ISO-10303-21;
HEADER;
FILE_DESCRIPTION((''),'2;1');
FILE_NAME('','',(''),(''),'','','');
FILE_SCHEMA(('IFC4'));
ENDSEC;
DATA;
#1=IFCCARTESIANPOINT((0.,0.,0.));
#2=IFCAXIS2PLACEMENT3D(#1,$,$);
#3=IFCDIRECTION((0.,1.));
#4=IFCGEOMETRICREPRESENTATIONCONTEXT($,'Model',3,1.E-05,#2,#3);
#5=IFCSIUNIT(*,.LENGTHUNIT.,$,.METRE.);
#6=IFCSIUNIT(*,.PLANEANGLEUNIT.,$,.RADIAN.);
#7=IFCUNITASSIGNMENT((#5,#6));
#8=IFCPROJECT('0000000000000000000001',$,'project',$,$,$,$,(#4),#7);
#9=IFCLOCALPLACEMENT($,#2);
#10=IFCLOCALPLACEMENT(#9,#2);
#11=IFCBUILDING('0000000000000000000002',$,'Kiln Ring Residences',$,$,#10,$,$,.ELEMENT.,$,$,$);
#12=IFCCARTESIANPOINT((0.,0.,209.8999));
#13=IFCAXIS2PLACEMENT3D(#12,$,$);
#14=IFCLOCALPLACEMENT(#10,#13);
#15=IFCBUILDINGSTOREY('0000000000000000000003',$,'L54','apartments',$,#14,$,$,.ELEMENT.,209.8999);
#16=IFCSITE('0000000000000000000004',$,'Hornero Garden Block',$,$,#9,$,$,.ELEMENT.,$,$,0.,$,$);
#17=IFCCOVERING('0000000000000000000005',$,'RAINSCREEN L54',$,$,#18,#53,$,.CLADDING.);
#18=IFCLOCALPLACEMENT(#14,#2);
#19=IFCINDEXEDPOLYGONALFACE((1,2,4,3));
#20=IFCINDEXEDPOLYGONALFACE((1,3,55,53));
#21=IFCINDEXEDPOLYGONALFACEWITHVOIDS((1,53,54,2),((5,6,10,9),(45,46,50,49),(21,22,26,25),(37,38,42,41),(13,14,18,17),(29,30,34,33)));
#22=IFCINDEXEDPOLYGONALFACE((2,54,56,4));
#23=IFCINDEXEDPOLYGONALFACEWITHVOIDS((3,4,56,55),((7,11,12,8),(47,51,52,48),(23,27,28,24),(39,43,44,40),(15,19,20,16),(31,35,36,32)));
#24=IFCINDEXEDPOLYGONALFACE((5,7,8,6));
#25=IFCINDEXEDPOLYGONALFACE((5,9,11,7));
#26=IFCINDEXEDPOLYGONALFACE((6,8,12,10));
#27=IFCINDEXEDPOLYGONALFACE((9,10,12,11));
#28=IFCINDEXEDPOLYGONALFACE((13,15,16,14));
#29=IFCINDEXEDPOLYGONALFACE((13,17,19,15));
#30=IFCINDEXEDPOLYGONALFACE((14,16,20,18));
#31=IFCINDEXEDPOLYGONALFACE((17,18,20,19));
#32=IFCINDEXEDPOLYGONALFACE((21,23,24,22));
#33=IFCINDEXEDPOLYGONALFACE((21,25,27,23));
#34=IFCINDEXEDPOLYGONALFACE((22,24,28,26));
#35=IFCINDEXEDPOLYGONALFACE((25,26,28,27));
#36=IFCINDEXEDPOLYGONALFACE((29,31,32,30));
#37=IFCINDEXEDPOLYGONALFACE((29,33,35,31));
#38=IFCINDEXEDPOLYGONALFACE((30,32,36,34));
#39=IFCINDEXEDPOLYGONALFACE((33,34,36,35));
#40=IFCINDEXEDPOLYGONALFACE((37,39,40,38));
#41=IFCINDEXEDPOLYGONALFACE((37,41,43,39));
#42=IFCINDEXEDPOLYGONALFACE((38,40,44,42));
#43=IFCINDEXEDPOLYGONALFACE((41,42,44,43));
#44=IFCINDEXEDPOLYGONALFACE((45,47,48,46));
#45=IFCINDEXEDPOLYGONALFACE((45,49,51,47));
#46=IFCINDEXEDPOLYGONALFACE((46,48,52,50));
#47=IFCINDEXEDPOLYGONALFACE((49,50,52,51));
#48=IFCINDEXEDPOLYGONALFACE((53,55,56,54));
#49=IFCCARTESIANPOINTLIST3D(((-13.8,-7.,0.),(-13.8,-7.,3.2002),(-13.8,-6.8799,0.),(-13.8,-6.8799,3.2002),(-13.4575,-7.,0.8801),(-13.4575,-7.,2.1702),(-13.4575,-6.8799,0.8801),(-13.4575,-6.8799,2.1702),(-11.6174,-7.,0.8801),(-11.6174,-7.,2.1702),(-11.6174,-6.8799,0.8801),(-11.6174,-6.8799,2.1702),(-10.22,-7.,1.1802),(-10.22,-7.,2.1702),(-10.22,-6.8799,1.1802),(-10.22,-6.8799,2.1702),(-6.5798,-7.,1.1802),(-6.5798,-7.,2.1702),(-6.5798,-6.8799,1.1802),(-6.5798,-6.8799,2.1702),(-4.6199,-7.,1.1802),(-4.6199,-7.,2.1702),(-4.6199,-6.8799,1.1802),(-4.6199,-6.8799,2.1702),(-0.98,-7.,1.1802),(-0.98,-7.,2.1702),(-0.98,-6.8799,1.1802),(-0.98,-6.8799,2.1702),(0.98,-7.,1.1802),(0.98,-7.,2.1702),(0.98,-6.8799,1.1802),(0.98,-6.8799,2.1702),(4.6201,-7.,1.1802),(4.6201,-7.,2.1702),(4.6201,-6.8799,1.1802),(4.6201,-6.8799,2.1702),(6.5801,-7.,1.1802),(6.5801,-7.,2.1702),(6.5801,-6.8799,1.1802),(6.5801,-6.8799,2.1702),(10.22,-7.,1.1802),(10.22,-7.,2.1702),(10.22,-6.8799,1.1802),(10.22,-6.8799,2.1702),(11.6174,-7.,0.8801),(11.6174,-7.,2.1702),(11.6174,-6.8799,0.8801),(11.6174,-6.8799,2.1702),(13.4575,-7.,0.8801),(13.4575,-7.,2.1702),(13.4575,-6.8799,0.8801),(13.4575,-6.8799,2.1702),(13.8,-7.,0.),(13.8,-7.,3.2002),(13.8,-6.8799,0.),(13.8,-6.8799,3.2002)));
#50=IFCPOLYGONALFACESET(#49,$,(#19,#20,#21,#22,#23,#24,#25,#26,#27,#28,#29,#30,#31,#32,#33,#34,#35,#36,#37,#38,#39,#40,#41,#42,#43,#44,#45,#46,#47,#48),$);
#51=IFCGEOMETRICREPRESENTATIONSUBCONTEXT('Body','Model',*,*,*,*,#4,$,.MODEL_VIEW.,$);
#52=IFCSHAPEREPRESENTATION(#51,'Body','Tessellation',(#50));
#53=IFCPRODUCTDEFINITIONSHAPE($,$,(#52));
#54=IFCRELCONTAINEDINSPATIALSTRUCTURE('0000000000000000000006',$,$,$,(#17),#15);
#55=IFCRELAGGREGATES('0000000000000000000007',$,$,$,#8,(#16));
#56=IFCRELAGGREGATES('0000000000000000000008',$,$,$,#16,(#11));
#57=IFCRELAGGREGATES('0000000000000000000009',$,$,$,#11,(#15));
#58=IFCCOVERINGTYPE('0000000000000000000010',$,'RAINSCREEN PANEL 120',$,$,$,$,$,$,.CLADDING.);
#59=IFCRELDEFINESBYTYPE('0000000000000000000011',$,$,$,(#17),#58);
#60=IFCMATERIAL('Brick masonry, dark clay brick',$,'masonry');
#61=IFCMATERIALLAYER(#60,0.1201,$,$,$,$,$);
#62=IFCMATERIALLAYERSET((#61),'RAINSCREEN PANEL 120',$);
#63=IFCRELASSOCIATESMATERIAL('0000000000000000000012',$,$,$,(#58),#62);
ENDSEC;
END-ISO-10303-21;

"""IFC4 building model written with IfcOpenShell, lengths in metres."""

from ifc_helpers import new_model, si_unit, direction, frame, origin, place, context, subcontext, project, spatial, polyline, outline, extrude, material, layer, layer_set, type_object, element, save


model = new_model("IFC4")

# Units and contexts
model_context = context("Model", 3, precision=1e-05, world=origin(), true_north=direction((0.0, 1.0)))
body_context = subcontext(model_context, "Body", "Model", "MODEL_VIEW")
ifc_project = project(units=[si_unit("LENGTHUNIT", "METRE"), si_unit("PLANEANGLEUNIT", "RADIAN")], contexts=[model_context])

# Site, building, storey
site_placement = place(None, origin())
site = spatial("IfcSite", under=ifc_project, at=site_placement, Name="Hornero Garden Block", CompositionType="ELEMENT", RefElevation=0.0)
building_placement = place(site_placement, origin())
building = spatial("IfcBuilding", under=site, at=building_placement, Name="Kiln Ring Residences", CompositionType="ELEMENT")
storey_placement = place(building_placement, frame((0.0, 0.0, 209.8999)))
storey = spatial("IfcBuildingStorey", under=building, at=storey_placement, Name="L54", Description="apartments", CompositionType="ELEMENT", Elevation=209.8999)

# Covering
ifc_material_1 = material(Name="Brick masonry, dark clay brick", Category="masonry")
ifc_layer_1 = layer(ifc_material_1, 0.1201)
ifc_layer_set_1 = layer_set([ifc_layer_1], Name="RAINSCREEN PANEL 120")
covering_type = type_object("IfcCoveringType", Name="RAINSCREEN PANEL 120", PredefinedType="CLADDING", material=ifc_layer_set_1)
covering_placement = place(storey_placement, frame((13.8, -6.9399, 0.0), z_axis=(0.0, 0.0, 1.0), x_axis=(-1.0, 0.0, 0.0)))
element("IfcCovering", 1, at=covering_placement, inside=storey, type_object=covering_type, Name="RAINSCREEN L54", PredefinedType="CLADDING", context=body_context, shape_type="SweptSolid", body=[
    extrude(outline(polyline([(0.0, 0.0), (27.6001, 0.0), (27.6001, 3.2002), (0.0, 3.2002), (0.0, 0.0)]), holes=[polyline([(2.1826, 0.8801), (2.1826, 2.1702), (0.3425, 2.1702), (0.3425, 0.8801), (2.1826, 0.8801)]), polyline([(25.4175, 0.8801), (27.2576, 0.8801), (27.2576, 2.1702), (25.4175, 2.1702), (25.4175, 0.8801)]), polyline([(3.5801, 1.1802), (7.22, 1.1802), (7.22, 2.1702), (3.5801, 2.1702), (3.5801, 1.1802)]), polyline([(12.8201, 1.1802), (12.8201, 2.1702), (9.1799, 2.1702), (9.1799, 1.1802), (12.8201, 1.1802)]), polyline([(14.78, 1.1802), (18.4199, 1.1802), (18.4199, 2.1702), (14.78, 2.1702), (14.78, 1.1802)]), polyline([(20.3799, 1.1802), (24.02, 1.1802), (24.02, 2.1702), (20.3799, 2.1702), (20.3799, 1.1802)])]), frame((0.0, 0.0601, 0.0), z_axis=(0.0, -1.0, 0.0), x_axis=(1.0, 0.0, 0.0)), (0.0, 0.0, 1.0), 0.1201),
])

save(model, "model.ifc")
